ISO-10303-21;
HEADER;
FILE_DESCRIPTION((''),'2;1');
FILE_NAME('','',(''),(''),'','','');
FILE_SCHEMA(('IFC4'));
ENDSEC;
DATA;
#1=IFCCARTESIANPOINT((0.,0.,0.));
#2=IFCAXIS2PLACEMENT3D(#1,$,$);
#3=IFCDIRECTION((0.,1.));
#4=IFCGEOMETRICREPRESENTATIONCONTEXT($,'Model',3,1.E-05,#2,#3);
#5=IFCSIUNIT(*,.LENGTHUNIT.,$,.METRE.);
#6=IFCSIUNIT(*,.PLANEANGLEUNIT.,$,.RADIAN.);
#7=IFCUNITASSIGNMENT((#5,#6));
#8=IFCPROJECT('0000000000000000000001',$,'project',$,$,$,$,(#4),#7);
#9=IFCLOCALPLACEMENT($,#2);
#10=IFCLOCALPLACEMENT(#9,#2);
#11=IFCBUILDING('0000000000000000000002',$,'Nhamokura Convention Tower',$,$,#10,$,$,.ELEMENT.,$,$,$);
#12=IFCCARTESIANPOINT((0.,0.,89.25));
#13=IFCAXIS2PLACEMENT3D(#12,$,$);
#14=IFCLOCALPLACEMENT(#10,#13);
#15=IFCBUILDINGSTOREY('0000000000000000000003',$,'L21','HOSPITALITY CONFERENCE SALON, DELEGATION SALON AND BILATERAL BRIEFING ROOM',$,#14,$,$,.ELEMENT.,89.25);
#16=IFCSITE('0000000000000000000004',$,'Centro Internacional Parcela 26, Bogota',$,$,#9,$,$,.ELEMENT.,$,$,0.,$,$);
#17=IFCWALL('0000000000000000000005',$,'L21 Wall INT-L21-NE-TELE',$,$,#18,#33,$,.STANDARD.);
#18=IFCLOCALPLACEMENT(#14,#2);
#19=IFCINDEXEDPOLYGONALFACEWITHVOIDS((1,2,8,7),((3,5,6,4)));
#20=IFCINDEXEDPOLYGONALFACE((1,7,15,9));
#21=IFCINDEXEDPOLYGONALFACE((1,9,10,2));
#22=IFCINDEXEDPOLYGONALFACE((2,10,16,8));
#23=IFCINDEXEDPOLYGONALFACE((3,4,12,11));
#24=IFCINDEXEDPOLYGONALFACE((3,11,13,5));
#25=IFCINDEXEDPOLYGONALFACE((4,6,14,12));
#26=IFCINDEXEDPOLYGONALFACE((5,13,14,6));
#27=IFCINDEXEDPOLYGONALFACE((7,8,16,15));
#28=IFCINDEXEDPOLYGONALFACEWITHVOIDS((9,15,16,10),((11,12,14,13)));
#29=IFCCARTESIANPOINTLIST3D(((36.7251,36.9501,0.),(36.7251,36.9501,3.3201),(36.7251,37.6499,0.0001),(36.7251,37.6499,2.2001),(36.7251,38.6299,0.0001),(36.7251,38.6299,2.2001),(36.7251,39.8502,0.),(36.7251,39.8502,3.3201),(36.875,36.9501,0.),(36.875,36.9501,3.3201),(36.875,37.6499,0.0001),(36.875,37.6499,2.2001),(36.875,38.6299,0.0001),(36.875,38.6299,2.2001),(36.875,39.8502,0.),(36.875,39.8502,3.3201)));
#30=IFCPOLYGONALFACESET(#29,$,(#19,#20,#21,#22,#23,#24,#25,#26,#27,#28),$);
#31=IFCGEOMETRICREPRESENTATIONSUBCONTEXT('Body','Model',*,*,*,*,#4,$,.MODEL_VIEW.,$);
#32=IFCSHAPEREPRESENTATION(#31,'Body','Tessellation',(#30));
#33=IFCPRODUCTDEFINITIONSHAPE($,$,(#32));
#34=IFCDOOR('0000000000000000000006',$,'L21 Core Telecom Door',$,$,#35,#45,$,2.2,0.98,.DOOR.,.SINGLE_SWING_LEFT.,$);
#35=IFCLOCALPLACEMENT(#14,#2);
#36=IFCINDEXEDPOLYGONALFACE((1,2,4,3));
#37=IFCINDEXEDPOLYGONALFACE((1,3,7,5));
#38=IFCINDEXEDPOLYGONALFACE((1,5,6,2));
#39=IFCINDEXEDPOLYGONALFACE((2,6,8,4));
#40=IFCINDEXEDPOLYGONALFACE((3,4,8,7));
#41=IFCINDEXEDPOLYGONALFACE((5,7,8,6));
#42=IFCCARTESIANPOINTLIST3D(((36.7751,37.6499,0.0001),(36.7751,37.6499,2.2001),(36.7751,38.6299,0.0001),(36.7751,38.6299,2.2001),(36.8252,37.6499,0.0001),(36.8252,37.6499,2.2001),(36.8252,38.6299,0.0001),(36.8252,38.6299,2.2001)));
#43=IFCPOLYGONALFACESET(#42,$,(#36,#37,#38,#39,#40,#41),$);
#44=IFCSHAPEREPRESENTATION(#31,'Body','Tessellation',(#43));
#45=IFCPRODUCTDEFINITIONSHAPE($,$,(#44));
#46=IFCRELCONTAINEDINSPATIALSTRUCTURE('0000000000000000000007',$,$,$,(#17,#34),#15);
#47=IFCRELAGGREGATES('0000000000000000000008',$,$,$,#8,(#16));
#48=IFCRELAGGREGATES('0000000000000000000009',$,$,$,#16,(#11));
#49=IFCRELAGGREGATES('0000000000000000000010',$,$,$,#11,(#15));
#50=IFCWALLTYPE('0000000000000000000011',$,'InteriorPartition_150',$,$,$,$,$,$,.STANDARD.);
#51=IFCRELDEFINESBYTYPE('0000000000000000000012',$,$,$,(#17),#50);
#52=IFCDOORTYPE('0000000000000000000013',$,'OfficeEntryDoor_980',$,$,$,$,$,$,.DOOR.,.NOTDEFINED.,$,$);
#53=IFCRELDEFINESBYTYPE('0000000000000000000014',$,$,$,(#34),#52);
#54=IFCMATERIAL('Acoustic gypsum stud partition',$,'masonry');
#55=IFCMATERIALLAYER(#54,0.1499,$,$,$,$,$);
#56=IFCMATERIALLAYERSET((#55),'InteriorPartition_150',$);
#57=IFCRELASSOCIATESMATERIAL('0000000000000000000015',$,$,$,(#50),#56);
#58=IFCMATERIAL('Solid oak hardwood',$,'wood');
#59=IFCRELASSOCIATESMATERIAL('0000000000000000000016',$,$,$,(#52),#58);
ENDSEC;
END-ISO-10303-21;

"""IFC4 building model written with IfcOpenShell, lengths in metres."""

from ifc_helpers import new_model, si_unit, direction, frame, frame_2d, origin, place, context, subcontext, project, spatial, rectangle, extrude, material, layer, layer_set, type_object, element, fill, save


model = new_model("IFC4")

# Units and contexts
model_context = context("Model", 3, precision=1e-05, world=origin(), true_north=direction((0.0, 1.0)))
body_context = subcontext(model_context, "Body", "Model", "MODEL_VIEW")
ifc_project = project(units=[si_unit("LENGTHUNIT", "METRE"), si_unit("PLANEANGLEUNIT", "RADIAN")], contexts=[model_context])

# Site, building, storey
site_placement = place(None, origin())
site = spatial("IfcSite", under=ifc_project, at=site_placement, Name="Centro Internacional Parcela 26, Bogota", CompositionType="ELEMENT", RefElevation=0.0)
building_placement = place(site_placement, origin())
building = spatial("IfcBuilding", under=site, at=building_placement, Name="Nhamokura Convention Tower", CompositionType="ELEMENT")
storey_placement = place(building_placement, frame((0.0, 0.0, 89.25)))
storey = spatial("IfcBuildingStorey", under=building, at=storey_placement, Name="L21", Description="HOSPITALITY CONFERENCE SALON, DELEGATION SALON AND BILATERAL BRIEFING ROOM", CompositionType="ELEMENT", Elevation=89.25)

# Shared definitions
ifc_material_1 = material(Name="Acoustic gypsum stud partition", Category="masonry")
ifc_layer_1 = layer(ifc_material_1, 0.1499)
ifc_layer_set_1 = layer_set([ifc_layer_1], Name="InteriorPartition_150")
wall_type_1 = type_object("IfcWallType", Name="InteriorPartition_150", PredefinedType="STANDARD", material=ifc_layer_set_1)

# Wall, opening, door
wall_1_placement = place(storey_placement, frame((36.8, 36.95, 0.0), z_axis=(0.0, 0.0, 1.0), x_axis=(0.0, 1.0, 0.0)))
wall_1 = element("IfcWall", 1, at=wall_1_placement, inside=storey, type_object=wall_type_1, Name="L21 Wall INT-L21-NE-TELE", PredefinedType="STANDARD", context=body_context, shape_type="SweptSolid", body=[
    extrude(rectangle(XDim=2.9001, YDim=0.1499, at=frame_2d((1.4502, 0.0))), origin(), (0.0, 0.0, 1.0), 3.3201),
])
opening_1_placement = place(wall_1_placement, frame((0.7, 0.0, 0.0)))
opening_1 = element("IfcOpeningElement", 2, at=opening_1_placement, cuts=wall_1, PredefinedType="OPENING", context=body_context, shape_type="SweptSolid", body=[
    extrude(rectangle(XDim=0.98, YDim=2.2, at=frame_2d((0.49, 1.1001))), frame((0.0, 0.085, 0.0), z_axis=(0.0, -1.0, 0.0), x_axis=(1.0, 0.0, 0.0)), (0.0, 0.0, 1.0), 0.1699),
])
ifc_material_2 = material(Name="Solid oak hardwood", Category="wood")
door_type_1 = type_object("IfcDoorType", Name="OfficeEntryDoor_980", OperationType="NOTDEFINED", PredefinedType="DOOR", material=ifc_material_2)
door_1_placement = place(opening_1_placement, origin())
door_1 = element("IfcDoor", 3, at=door_1_placement, inside=storey, type_object=door_type_1, Name="L21 Core Telecom Door", OperationType="SINGLE_SWING_LEFT", OverallHeight=2.2, OverallWidth=0.98, PredefinedType="DOOR", context=body_context, shape_type="SweptSolid", body=[
    extrude(rectangle(XDim=0.98, YDim=2.2, at=frame_2d((0.49, 1.1001))), frame((0.0, 0.0249, 0.0), z_axis=(0.0, -1.0, 0.0), x_axis=(1.0, 0.0, 0.0)), (0.0, 0.0, 1.0), 0.05),
])
fill(opening_1, door_1)

save(model, "model.ifc")
